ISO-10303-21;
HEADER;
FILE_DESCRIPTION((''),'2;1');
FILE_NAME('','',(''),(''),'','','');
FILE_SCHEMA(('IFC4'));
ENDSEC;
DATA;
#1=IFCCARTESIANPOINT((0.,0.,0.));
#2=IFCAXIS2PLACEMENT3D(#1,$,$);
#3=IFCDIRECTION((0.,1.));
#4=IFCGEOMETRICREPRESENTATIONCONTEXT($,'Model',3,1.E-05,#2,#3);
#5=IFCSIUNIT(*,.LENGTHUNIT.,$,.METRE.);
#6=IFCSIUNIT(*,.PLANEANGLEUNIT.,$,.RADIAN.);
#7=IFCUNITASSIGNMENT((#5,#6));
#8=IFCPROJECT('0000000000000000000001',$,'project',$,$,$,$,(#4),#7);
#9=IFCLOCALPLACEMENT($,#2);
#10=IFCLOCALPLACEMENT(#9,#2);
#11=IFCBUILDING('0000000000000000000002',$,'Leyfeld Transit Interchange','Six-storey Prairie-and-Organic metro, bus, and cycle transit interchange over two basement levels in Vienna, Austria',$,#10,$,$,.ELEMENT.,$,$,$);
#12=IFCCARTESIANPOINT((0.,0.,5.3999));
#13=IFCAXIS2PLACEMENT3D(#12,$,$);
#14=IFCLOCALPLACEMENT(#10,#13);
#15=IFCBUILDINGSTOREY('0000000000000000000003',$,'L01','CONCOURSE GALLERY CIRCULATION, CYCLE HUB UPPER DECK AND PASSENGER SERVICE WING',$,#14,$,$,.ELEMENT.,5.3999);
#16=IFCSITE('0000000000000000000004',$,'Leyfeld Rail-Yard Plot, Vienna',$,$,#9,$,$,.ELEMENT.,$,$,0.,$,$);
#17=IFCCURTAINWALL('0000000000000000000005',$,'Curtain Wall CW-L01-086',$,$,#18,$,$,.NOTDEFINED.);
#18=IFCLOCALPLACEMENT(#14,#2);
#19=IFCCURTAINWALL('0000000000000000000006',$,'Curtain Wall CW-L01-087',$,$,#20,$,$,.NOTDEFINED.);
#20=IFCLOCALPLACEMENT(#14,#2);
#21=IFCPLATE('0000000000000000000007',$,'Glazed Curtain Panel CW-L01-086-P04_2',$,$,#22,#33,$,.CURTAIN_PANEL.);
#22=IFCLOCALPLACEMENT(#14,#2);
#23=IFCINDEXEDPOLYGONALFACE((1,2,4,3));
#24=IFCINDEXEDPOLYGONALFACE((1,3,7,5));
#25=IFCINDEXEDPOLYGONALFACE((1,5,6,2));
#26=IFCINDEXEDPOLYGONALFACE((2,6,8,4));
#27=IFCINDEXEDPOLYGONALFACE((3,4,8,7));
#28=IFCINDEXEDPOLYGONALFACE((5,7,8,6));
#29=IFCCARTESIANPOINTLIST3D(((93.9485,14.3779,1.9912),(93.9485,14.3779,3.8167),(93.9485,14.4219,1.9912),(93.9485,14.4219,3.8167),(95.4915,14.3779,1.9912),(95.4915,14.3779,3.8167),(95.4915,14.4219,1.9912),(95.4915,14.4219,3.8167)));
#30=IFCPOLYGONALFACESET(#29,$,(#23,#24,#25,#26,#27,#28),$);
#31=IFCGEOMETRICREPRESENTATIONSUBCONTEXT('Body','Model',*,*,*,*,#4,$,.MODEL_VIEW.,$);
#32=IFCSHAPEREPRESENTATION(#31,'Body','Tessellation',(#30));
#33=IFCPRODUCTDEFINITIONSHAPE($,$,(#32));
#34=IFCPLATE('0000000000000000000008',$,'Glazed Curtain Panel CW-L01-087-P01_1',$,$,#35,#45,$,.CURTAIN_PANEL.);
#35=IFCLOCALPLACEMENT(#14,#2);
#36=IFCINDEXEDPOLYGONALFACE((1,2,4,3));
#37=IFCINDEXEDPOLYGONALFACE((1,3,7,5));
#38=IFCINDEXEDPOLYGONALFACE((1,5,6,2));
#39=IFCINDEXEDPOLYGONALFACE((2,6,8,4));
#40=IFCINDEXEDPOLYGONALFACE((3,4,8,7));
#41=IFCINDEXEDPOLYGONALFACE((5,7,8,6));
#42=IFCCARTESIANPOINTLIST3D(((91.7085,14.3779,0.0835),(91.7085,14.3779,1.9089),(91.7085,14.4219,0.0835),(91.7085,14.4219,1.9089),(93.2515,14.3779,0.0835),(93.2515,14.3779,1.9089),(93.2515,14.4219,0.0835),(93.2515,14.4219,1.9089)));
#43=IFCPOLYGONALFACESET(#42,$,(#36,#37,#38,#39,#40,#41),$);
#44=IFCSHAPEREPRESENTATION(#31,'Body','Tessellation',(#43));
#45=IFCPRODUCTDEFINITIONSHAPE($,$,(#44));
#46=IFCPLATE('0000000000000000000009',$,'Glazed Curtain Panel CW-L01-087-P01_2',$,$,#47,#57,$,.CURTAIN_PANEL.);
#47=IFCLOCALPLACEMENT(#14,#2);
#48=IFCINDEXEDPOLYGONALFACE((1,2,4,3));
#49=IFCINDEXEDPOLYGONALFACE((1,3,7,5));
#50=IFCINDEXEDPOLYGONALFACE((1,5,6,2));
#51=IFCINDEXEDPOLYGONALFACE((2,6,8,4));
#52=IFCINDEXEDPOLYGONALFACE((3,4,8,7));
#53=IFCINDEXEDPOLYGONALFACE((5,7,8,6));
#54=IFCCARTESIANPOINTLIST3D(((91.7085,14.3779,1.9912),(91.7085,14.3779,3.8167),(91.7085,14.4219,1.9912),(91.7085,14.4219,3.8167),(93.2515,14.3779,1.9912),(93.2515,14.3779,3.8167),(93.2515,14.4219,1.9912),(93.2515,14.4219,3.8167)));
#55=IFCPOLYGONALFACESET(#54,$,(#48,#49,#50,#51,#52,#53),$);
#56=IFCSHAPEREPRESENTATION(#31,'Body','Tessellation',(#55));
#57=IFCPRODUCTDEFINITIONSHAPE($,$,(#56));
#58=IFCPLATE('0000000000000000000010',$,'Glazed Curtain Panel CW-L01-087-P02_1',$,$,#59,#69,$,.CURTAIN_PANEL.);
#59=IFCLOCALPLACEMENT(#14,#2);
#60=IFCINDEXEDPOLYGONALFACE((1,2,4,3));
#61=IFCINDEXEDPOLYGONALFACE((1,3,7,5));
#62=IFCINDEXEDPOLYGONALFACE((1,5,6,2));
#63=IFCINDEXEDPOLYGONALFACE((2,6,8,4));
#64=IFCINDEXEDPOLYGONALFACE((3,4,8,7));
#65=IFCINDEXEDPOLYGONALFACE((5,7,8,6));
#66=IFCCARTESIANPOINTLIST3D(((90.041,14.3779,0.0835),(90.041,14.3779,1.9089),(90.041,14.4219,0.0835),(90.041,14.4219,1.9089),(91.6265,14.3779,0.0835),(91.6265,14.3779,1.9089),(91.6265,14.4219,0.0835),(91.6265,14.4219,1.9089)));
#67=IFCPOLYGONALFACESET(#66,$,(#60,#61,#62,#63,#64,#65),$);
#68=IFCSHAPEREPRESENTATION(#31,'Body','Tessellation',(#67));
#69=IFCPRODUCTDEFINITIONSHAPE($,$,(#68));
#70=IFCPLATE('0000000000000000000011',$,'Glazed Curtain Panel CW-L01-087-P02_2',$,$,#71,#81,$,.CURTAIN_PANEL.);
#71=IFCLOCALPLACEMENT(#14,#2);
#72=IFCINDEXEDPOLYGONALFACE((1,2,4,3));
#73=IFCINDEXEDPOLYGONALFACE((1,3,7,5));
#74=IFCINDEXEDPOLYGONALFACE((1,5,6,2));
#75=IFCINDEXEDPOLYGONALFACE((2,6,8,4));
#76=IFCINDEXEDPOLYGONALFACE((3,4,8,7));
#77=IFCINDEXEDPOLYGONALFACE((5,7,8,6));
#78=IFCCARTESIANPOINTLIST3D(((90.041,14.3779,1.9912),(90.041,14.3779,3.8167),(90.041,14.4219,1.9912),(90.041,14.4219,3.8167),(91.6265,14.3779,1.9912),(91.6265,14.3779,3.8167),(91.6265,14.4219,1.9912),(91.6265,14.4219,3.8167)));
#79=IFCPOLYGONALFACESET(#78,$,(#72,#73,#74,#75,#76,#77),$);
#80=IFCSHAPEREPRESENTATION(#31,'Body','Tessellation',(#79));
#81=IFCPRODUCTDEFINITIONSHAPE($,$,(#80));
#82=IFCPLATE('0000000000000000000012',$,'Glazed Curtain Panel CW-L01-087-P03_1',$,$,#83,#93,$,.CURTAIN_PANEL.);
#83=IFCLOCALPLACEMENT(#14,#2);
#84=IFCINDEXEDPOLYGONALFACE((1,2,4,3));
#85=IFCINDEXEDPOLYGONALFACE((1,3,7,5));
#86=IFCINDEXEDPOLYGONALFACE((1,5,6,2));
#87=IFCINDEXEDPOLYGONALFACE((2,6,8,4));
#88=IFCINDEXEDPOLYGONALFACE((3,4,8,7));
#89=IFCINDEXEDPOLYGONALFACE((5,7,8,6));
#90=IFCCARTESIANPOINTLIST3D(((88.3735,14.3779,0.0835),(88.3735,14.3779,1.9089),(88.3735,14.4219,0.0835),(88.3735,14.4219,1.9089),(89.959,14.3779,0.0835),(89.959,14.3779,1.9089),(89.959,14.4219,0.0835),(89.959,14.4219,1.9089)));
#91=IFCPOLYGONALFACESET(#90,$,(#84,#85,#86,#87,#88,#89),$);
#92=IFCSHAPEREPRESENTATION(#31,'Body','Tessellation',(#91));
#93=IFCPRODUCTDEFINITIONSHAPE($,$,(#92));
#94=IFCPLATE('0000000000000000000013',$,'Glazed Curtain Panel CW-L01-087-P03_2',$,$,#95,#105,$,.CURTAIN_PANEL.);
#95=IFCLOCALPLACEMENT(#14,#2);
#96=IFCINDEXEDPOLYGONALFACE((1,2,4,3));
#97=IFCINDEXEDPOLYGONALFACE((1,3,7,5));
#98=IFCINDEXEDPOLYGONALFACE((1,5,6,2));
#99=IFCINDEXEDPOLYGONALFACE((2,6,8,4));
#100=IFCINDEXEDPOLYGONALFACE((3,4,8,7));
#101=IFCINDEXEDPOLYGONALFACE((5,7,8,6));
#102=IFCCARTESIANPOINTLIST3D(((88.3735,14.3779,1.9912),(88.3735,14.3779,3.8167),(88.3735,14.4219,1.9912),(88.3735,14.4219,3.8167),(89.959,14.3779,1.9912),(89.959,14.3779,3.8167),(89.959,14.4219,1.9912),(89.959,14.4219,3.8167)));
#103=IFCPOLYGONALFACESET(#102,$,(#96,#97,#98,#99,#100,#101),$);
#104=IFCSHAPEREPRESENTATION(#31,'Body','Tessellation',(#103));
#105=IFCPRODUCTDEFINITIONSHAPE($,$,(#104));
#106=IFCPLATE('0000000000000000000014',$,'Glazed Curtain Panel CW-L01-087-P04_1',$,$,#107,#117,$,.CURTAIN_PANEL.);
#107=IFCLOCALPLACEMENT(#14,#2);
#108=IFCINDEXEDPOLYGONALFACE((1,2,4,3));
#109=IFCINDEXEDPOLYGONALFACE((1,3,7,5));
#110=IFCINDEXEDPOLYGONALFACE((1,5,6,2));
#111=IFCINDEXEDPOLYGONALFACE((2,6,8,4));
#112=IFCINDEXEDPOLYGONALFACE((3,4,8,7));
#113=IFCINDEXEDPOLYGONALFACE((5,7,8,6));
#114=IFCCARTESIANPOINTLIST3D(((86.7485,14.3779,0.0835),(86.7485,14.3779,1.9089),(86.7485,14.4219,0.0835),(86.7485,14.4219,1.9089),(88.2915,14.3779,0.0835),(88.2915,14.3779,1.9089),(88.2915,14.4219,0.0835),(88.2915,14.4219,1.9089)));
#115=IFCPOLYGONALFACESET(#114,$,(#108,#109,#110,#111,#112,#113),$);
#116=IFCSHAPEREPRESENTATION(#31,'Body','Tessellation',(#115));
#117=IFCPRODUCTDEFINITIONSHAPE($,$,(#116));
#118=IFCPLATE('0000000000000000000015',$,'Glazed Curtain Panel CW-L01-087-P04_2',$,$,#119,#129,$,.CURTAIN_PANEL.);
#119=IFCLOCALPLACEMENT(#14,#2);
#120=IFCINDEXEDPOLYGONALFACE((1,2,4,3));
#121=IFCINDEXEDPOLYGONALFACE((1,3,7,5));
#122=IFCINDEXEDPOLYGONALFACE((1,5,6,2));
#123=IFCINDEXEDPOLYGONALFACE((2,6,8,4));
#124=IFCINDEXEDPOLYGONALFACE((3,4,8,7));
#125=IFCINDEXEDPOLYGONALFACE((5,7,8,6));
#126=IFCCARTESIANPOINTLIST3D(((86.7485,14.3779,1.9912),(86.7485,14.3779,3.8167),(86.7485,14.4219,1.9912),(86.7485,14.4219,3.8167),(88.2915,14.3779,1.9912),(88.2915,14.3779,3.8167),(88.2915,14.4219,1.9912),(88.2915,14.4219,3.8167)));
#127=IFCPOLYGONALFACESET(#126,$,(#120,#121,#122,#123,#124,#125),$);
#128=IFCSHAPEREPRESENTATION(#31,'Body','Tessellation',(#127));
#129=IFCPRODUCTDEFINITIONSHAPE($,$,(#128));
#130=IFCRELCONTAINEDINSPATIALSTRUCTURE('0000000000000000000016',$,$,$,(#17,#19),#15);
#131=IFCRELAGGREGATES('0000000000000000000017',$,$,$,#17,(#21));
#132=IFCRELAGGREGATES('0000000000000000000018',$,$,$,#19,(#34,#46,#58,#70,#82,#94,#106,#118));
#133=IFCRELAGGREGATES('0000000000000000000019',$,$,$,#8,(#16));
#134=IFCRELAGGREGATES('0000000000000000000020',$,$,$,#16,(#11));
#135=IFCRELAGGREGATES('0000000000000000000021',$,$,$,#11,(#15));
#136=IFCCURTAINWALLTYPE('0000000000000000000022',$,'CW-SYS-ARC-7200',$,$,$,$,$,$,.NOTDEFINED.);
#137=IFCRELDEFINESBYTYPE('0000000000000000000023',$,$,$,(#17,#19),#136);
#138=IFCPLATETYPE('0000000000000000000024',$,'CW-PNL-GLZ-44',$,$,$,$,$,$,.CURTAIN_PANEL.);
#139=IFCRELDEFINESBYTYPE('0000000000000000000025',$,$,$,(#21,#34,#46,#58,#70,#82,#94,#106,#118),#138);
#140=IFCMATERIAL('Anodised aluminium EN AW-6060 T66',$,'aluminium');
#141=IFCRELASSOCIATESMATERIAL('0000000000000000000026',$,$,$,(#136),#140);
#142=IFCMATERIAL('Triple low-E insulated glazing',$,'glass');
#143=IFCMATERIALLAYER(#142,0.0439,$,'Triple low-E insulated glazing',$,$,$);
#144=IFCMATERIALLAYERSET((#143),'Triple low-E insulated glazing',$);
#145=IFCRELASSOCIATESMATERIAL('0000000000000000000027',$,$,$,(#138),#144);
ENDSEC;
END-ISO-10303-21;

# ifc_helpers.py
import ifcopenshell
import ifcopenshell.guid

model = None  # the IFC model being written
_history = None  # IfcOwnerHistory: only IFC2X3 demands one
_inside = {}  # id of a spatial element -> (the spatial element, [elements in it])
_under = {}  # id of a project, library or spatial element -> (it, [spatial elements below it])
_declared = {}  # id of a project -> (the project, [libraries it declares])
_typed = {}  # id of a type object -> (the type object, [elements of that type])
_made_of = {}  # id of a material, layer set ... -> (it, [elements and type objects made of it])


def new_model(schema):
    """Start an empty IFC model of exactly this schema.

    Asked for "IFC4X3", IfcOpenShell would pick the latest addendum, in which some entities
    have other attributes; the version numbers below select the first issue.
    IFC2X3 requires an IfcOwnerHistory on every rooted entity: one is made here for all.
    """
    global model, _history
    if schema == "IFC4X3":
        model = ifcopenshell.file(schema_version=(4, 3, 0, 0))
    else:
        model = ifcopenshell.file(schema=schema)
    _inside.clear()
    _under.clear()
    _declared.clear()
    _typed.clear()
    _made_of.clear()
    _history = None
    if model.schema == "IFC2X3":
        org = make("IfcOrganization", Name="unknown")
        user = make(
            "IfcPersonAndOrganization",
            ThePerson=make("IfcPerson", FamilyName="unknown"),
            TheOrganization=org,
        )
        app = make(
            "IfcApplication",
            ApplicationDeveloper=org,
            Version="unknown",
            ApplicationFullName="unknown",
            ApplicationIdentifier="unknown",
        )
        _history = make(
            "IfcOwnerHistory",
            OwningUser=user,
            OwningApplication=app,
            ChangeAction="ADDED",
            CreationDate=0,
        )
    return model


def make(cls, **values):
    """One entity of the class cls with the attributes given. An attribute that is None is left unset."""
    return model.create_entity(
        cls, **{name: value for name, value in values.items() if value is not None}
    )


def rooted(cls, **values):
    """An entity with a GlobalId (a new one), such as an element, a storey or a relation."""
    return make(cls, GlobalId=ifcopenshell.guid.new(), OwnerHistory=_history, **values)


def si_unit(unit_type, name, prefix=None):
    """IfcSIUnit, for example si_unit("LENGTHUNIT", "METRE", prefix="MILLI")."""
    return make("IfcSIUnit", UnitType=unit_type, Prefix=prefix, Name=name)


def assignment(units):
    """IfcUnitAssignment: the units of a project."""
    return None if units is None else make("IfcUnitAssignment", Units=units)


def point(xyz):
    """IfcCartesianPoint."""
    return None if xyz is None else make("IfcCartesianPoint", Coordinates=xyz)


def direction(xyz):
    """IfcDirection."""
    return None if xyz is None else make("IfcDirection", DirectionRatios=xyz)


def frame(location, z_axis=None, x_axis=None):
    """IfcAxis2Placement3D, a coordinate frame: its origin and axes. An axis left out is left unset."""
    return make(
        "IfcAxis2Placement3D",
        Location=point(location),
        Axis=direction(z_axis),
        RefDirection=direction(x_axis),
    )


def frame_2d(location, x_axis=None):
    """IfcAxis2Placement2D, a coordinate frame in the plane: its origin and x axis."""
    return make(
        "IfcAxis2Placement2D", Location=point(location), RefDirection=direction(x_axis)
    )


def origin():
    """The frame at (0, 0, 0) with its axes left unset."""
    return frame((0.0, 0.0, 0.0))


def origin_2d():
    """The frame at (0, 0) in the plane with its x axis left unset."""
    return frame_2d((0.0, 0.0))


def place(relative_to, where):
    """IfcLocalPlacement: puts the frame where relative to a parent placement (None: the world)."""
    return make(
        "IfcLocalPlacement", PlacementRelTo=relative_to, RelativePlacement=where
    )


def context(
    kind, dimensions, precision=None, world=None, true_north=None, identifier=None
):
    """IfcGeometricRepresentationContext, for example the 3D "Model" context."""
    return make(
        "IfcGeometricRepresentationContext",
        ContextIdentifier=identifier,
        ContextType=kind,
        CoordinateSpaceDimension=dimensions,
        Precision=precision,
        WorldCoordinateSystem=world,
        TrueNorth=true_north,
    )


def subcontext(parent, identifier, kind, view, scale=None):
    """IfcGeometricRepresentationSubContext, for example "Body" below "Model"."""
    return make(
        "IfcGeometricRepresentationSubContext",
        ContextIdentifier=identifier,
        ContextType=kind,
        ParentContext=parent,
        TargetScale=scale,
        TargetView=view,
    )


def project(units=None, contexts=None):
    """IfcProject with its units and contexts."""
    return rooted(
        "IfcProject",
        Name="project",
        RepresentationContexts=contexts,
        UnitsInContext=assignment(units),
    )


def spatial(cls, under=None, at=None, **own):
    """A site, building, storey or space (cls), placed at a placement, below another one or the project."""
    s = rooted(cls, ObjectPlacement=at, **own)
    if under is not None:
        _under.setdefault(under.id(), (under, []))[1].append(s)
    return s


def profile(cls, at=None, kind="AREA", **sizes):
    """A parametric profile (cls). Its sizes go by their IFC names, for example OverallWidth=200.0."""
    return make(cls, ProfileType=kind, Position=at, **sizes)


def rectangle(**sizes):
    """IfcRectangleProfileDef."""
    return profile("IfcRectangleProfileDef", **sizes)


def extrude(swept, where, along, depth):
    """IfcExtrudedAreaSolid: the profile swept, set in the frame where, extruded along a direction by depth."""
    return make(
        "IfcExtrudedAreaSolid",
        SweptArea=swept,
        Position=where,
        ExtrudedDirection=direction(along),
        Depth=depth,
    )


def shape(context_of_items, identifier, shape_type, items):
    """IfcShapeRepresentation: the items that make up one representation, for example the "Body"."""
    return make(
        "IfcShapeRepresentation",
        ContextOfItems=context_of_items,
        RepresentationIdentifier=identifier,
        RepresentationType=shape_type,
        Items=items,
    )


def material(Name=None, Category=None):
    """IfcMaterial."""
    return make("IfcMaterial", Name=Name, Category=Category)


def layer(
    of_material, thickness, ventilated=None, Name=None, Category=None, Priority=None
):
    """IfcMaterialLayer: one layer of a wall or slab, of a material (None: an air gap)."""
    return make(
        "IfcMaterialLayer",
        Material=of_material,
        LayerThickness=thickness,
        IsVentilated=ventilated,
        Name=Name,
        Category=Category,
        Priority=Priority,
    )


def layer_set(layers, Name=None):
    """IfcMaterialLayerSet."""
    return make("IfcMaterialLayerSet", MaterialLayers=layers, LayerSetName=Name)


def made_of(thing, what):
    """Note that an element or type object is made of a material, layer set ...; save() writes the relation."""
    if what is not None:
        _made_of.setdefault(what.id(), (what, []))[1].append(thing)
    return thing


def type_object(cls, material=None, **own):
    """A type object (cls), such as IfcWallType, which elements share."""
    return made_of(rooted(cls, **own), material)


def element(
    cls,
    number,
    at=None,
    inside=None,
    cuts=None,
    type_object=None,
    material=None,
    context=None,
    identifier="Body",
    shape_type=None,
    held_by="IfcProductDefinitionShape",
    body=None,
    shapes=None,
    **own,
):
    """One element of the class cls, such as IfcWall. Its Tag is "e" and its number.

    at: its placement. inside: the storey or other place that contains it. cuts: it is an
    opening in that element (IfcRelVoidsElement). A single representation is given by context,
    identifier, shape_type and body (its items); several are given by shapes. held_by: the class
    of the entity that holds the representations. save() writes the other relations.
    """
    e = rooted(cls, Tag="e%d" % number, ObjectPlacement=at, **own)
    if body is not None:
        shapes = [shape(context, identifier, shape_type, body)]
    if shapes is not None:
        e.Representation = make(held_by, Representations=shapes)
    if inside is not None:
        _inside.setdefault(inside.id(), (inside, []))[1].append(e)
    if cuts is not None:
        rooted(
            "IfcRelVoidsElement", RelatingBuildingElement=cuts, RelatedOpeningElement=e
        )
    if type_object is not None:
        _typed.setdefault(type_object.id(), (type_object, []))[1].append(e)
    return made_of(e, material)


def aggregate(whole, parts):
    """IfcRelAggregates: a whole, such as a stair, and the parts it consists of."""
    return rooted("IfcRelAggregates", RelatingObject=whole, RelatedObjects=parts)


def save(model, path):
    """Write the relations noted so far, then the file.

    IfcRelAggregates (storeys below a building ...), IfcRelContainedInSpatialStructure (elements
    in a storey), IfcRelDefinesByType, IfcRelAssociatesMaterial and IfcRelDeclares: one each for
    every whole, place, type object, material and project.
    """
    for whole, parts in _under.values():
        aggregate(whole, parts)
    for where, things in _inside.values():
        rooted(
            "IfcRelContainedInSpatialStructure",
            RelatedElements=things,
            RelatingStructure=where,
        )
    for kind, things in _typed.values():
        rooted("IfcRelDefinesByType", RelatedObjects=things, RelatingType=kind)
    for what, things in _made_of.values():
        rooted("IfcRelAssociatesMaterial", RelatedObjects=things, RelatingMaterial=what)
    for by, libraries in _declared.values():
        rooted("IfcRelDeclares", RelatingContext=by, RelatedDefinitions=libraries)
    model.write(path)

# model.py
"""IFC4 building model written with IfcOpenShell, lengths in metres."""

from ifc_helpers import new_model, si_unit, direction, frame, origin, origin_2d, place, context, subcontext, project, spatial, rectangle, extrude, material, layer, layer_set, type_object, element, aggregate, save


model = new_model("IFC4")

# Units and contexts
model_context = context("Model", 3, precision=1e-05, world=origin(), true_north=direction((0.0, 1.0)))
body_context = subcontext(model_context, "Body", "Model", "MODEL_VIEW")
ifc_project = project(units=[si_unit("LENGTHUNIT", "METRE"), si_unit("PLANEANGLEUNIT", "RADIAN")], contexts=[model_context])

# Site, building, storey
site_placement = place(None, origin())
site = spatial("IfcSite", under=ifc_project, at=site_placement, Name="Leyfeld Rail-Yard Plot, Vienna", CompositionType="ELEMENT", RefElevation=0.0)
building_placement = place(site_placement, origin())
building = spatial("IfcBuilding", under=site, at=building_placement, Name="Leyfeld Transit Interchange", Description="Six-storey Prairie-and-Organic metro, bus, and cycle transit interchange over two basement levels in Vienna, Austria", CompositionType="ELEMENT")
storey_placement = place(building_placement, frame((0.0, 0.0, 5.3999)))
storey = spatial("IfcBuildingStorey", under=building, at=storey_placement, Name="L01", Description="CONCOURSE GALLERY CIRCULATION, CYCLE HUB UPPER DECK AND PASSENGER SERVICE WING", CompositionType="ELEMENT", Elevation=5.3999)

# Curtain walls
ifc_material_1 = material(Name="Anodised aluminium EN AW-6060 T66", Category="aluminium")
curtain_wall_type = type_object("IfcCurtainWallType", Name="CW-SYS-ARC-7200", PredefinedType="NOTDEFINED", material=ifc_material_1)
curtain_wall_1_placement = place(storey_placement, origin())
curtain_wall_1 = element("IfcCurtainWall", 1, at=curtain_wall_1_placement, inside=storey, type_object=curtain_wall_type, Name="Curtain Wall CW-L01-086", PredefinedType="NOTDEFINED")
curtain_wall_2_placement = place(storey_placement, origin())
curtain_wall_2 = element("IfcCurtainWall", 2, at=curtain_wall_2_placement, inside=storey, type_object=curtain_wall_type, Name="Curtain Wall CW-L01-087", PredefinedType="NOTDEFINED")

# Plates
ifc_material_2 = material(Name="Triple low-E insulated glazing", Category="glass")
ifc_layer = layer(ifc_material_2, 0.0439, Name="Triple low-E insulated glazing")
ifc_layer_set = layer_set([ifc_layer], Name="Triple low-E insulated glazing")
plate_type = type_object("IfcPlateType", Name="CW-PNL-GLZ-44", PredefinedType="CURTAIN_PANEL", material=ifc_layer_set)
plate_1_placement = place(storey_placement, frame((94.72, 14.3999, 1.9912), z_axis=(0.0, 0.0, 1.0), x_axis=(-1.0, 0.0, 0.0)))
plate_1 = element("IfcPlate", 3, at=plate_1_placement, type_object=plate_type, Name="Glazed Curtain Panel CW-L01-086-P04_2", PredefinedType="CURTAIN_PANEL", context=body_context, shape_type="SweptSolid", body=[
    extrude(rectangle(XDim=1.543, YDim=0.0439, at=origin_2d()), origin(), (0.0, 0.0, 1.0), 1.8254),
])
aggregate(curtain_wall_1, [plate_1])
plate_2_placement = place(storey_placement, frame((92.48, 14.3999, 0.0835), z_axis=(0.0, 0.0, 1.0), x_axis=(-1.0, 0.0, 0.0)))
plate_2 = element("IfcPlate", 4, at=plate_2_placement, type_object=plate_type, Name="Glazed Curtain Panel CW-L01-087-P01_1", PredefinedType="CURTAIN_PANEL", context=body_context, shape_type="SweptSolid", body=[
    extrude(rectangle(XDim=1.543, YDim=0.0439, at=origin_2d()), origin(), (0.0, 0.0, 1.0), 1.8254),
])
plate_3_placement = place(storey_placement, frame((92.48, 14.3999, 1.9912), z_axis=(0.0, 0.0, 1.0), x_axis=(-1.0, 0.0, 0.0)))
plate_3 = element("IfcPlate", 5, at=plate_3_placement, type_object=plate_type, Name="Glazed Curtain Panel CW-L01-087-P01_2", PredefinedType="CURTAIN_PANEL", context=body_context, shape_type="SweptSolid", body=[
    extrude(rectangle(XDim=1.543, YDim=0.0439, at=origin_2d()), origin(), (0.0, 0.0, 1.0), 1.8254),
])
plate_4_placement = place(storey_placement, frame((90.8337, 14.3999, 0.0835), z_axis=(0.0, 0.0, 1.0), x_axis=(-1.0, 0.0, 0.0)))
plate_4 = element("IfcPlate", 6, at=plate_4_placement, type_object=plate_type, Name="Glazed Curtain Panel CW-L01-087-P02_1", PredefinedType="CURTAIN_PANEL", context=body_context, shape_type="SweptSolid", body=[
    extrude(rectangle(XDim=1.5854, YDim=0.0439, at=origin_2d()), origin(), (0.0, 0.0, 1.0), 1.8254),
])
plate_5_placement = place(storey_placement, frame((90.8337, 14.3999, 1.9912), z_axis=(0.0, 0.0, 1.0), x_axis=(-1.0, 0.0, 0.0)))
plate_5 = element("IfcPlate", 7, at=plate_5_placement, type_object=plate_type, Name="Glazed Curtain Panel CW-L01-087-P02_2", PredefinedType="CURTAIN_PANEL", context=body_context, shape_type="SweptSolid", body=[
    extrude(rectangle(XDim=1.5854, YDim=0.0439, at=origin_2d()), origin(), (0.0, 0.0, 1.0), 1.8254),
])
plate_6_placement = place(storey_placement, frame((89.1663, 14.3999, 0.0835), z_axis=(0.0, 0.0, 1.0), x_axis=(-1.0, 0.0, 0.0)))
plate_6 = element("IfcPlate", 8, at=plate_6_placement, type_object=plate_type, Name="Glazed Curtain Panel CW-L01-087-P03_1", PredefinedType="CURTAIN_PANEL", context=body_context, shape_type="SweptSolid", body=[
    extrude(rectangle(XDim=1.5854, YDim=0.0439, at=origin_2d()), origin(), (0.0, 0.0, 1.0), 1.8254),
])
plate_7_placement = place(storey_placement, frame((89.1663, 14.3999, 1.9912), z_axis=(0.0, 0.0, 1.0), x_axis=(-1.0, 0.0, 0.0)))
plate_7 = element("IfcPlate", 9, at=plate_7_placement, type_object=plate_type, Name="Glazed Curtain Panel CW-L01-087-P03_2", PredefinedType="CURTAIN_PANEL", context=body_context, shape_type="SweptSolid", body=[
    extrude(rectangle(XDim=1.5854, YDim=0.0439, at=origin_2d()), origin(), (0.0, 0.0, 1.0), 1.8254),
])
plate_8_placement = place(storey_placement, frame((87.52, 14.3999, 0.0835), z_axis=(0.0, 0.0, 1.0), x_axis=(-1.0, 0.0, 0.0)))
plate_8 = element("IfcPlate", 10, at=plate_8_placement, type_object=plate_type, Name="Glazed Curtain Panel CW-L01-087-P04_1", PredefinedType="CURTAIN_PANEL", context=body_context, shape_type="SweptSolid", body=[
    extrude(rectangle(XDim=1.543, YDim=0.0439, at=origin_2d()), origin(), (0.0, 0.0, 1.0), 1.8254),
])
plate_9_placement = place(storey_placement, frame((87.52, 14.3999, 1.9912), z_axis=(0.0, 0.0, 1.0), x_axis=(-1.0, 0.0, 0.0)))
plate_9 = element("IfcPlate", 11, at=plate_9_placement, type_object=plate_type, Name="Glazed Curtain Panel CW-L01-087-P04_2", PredefinedType="CURTAIN_PANEL", context=body_context, shape_type="SweptSolid", body=[
    extrude(rectangle(XDim=1.543, YDim=0.0439, at=origin_2d()), origin(), (0.0, 0.0, 1.0), 1.8254),
])
aggregate(curtain_wall_2, [plate_2, plate_3, plate_4, plate_5, plate_6, plate_7, plate_8, plate_9])

save(model, "model.ifc")
